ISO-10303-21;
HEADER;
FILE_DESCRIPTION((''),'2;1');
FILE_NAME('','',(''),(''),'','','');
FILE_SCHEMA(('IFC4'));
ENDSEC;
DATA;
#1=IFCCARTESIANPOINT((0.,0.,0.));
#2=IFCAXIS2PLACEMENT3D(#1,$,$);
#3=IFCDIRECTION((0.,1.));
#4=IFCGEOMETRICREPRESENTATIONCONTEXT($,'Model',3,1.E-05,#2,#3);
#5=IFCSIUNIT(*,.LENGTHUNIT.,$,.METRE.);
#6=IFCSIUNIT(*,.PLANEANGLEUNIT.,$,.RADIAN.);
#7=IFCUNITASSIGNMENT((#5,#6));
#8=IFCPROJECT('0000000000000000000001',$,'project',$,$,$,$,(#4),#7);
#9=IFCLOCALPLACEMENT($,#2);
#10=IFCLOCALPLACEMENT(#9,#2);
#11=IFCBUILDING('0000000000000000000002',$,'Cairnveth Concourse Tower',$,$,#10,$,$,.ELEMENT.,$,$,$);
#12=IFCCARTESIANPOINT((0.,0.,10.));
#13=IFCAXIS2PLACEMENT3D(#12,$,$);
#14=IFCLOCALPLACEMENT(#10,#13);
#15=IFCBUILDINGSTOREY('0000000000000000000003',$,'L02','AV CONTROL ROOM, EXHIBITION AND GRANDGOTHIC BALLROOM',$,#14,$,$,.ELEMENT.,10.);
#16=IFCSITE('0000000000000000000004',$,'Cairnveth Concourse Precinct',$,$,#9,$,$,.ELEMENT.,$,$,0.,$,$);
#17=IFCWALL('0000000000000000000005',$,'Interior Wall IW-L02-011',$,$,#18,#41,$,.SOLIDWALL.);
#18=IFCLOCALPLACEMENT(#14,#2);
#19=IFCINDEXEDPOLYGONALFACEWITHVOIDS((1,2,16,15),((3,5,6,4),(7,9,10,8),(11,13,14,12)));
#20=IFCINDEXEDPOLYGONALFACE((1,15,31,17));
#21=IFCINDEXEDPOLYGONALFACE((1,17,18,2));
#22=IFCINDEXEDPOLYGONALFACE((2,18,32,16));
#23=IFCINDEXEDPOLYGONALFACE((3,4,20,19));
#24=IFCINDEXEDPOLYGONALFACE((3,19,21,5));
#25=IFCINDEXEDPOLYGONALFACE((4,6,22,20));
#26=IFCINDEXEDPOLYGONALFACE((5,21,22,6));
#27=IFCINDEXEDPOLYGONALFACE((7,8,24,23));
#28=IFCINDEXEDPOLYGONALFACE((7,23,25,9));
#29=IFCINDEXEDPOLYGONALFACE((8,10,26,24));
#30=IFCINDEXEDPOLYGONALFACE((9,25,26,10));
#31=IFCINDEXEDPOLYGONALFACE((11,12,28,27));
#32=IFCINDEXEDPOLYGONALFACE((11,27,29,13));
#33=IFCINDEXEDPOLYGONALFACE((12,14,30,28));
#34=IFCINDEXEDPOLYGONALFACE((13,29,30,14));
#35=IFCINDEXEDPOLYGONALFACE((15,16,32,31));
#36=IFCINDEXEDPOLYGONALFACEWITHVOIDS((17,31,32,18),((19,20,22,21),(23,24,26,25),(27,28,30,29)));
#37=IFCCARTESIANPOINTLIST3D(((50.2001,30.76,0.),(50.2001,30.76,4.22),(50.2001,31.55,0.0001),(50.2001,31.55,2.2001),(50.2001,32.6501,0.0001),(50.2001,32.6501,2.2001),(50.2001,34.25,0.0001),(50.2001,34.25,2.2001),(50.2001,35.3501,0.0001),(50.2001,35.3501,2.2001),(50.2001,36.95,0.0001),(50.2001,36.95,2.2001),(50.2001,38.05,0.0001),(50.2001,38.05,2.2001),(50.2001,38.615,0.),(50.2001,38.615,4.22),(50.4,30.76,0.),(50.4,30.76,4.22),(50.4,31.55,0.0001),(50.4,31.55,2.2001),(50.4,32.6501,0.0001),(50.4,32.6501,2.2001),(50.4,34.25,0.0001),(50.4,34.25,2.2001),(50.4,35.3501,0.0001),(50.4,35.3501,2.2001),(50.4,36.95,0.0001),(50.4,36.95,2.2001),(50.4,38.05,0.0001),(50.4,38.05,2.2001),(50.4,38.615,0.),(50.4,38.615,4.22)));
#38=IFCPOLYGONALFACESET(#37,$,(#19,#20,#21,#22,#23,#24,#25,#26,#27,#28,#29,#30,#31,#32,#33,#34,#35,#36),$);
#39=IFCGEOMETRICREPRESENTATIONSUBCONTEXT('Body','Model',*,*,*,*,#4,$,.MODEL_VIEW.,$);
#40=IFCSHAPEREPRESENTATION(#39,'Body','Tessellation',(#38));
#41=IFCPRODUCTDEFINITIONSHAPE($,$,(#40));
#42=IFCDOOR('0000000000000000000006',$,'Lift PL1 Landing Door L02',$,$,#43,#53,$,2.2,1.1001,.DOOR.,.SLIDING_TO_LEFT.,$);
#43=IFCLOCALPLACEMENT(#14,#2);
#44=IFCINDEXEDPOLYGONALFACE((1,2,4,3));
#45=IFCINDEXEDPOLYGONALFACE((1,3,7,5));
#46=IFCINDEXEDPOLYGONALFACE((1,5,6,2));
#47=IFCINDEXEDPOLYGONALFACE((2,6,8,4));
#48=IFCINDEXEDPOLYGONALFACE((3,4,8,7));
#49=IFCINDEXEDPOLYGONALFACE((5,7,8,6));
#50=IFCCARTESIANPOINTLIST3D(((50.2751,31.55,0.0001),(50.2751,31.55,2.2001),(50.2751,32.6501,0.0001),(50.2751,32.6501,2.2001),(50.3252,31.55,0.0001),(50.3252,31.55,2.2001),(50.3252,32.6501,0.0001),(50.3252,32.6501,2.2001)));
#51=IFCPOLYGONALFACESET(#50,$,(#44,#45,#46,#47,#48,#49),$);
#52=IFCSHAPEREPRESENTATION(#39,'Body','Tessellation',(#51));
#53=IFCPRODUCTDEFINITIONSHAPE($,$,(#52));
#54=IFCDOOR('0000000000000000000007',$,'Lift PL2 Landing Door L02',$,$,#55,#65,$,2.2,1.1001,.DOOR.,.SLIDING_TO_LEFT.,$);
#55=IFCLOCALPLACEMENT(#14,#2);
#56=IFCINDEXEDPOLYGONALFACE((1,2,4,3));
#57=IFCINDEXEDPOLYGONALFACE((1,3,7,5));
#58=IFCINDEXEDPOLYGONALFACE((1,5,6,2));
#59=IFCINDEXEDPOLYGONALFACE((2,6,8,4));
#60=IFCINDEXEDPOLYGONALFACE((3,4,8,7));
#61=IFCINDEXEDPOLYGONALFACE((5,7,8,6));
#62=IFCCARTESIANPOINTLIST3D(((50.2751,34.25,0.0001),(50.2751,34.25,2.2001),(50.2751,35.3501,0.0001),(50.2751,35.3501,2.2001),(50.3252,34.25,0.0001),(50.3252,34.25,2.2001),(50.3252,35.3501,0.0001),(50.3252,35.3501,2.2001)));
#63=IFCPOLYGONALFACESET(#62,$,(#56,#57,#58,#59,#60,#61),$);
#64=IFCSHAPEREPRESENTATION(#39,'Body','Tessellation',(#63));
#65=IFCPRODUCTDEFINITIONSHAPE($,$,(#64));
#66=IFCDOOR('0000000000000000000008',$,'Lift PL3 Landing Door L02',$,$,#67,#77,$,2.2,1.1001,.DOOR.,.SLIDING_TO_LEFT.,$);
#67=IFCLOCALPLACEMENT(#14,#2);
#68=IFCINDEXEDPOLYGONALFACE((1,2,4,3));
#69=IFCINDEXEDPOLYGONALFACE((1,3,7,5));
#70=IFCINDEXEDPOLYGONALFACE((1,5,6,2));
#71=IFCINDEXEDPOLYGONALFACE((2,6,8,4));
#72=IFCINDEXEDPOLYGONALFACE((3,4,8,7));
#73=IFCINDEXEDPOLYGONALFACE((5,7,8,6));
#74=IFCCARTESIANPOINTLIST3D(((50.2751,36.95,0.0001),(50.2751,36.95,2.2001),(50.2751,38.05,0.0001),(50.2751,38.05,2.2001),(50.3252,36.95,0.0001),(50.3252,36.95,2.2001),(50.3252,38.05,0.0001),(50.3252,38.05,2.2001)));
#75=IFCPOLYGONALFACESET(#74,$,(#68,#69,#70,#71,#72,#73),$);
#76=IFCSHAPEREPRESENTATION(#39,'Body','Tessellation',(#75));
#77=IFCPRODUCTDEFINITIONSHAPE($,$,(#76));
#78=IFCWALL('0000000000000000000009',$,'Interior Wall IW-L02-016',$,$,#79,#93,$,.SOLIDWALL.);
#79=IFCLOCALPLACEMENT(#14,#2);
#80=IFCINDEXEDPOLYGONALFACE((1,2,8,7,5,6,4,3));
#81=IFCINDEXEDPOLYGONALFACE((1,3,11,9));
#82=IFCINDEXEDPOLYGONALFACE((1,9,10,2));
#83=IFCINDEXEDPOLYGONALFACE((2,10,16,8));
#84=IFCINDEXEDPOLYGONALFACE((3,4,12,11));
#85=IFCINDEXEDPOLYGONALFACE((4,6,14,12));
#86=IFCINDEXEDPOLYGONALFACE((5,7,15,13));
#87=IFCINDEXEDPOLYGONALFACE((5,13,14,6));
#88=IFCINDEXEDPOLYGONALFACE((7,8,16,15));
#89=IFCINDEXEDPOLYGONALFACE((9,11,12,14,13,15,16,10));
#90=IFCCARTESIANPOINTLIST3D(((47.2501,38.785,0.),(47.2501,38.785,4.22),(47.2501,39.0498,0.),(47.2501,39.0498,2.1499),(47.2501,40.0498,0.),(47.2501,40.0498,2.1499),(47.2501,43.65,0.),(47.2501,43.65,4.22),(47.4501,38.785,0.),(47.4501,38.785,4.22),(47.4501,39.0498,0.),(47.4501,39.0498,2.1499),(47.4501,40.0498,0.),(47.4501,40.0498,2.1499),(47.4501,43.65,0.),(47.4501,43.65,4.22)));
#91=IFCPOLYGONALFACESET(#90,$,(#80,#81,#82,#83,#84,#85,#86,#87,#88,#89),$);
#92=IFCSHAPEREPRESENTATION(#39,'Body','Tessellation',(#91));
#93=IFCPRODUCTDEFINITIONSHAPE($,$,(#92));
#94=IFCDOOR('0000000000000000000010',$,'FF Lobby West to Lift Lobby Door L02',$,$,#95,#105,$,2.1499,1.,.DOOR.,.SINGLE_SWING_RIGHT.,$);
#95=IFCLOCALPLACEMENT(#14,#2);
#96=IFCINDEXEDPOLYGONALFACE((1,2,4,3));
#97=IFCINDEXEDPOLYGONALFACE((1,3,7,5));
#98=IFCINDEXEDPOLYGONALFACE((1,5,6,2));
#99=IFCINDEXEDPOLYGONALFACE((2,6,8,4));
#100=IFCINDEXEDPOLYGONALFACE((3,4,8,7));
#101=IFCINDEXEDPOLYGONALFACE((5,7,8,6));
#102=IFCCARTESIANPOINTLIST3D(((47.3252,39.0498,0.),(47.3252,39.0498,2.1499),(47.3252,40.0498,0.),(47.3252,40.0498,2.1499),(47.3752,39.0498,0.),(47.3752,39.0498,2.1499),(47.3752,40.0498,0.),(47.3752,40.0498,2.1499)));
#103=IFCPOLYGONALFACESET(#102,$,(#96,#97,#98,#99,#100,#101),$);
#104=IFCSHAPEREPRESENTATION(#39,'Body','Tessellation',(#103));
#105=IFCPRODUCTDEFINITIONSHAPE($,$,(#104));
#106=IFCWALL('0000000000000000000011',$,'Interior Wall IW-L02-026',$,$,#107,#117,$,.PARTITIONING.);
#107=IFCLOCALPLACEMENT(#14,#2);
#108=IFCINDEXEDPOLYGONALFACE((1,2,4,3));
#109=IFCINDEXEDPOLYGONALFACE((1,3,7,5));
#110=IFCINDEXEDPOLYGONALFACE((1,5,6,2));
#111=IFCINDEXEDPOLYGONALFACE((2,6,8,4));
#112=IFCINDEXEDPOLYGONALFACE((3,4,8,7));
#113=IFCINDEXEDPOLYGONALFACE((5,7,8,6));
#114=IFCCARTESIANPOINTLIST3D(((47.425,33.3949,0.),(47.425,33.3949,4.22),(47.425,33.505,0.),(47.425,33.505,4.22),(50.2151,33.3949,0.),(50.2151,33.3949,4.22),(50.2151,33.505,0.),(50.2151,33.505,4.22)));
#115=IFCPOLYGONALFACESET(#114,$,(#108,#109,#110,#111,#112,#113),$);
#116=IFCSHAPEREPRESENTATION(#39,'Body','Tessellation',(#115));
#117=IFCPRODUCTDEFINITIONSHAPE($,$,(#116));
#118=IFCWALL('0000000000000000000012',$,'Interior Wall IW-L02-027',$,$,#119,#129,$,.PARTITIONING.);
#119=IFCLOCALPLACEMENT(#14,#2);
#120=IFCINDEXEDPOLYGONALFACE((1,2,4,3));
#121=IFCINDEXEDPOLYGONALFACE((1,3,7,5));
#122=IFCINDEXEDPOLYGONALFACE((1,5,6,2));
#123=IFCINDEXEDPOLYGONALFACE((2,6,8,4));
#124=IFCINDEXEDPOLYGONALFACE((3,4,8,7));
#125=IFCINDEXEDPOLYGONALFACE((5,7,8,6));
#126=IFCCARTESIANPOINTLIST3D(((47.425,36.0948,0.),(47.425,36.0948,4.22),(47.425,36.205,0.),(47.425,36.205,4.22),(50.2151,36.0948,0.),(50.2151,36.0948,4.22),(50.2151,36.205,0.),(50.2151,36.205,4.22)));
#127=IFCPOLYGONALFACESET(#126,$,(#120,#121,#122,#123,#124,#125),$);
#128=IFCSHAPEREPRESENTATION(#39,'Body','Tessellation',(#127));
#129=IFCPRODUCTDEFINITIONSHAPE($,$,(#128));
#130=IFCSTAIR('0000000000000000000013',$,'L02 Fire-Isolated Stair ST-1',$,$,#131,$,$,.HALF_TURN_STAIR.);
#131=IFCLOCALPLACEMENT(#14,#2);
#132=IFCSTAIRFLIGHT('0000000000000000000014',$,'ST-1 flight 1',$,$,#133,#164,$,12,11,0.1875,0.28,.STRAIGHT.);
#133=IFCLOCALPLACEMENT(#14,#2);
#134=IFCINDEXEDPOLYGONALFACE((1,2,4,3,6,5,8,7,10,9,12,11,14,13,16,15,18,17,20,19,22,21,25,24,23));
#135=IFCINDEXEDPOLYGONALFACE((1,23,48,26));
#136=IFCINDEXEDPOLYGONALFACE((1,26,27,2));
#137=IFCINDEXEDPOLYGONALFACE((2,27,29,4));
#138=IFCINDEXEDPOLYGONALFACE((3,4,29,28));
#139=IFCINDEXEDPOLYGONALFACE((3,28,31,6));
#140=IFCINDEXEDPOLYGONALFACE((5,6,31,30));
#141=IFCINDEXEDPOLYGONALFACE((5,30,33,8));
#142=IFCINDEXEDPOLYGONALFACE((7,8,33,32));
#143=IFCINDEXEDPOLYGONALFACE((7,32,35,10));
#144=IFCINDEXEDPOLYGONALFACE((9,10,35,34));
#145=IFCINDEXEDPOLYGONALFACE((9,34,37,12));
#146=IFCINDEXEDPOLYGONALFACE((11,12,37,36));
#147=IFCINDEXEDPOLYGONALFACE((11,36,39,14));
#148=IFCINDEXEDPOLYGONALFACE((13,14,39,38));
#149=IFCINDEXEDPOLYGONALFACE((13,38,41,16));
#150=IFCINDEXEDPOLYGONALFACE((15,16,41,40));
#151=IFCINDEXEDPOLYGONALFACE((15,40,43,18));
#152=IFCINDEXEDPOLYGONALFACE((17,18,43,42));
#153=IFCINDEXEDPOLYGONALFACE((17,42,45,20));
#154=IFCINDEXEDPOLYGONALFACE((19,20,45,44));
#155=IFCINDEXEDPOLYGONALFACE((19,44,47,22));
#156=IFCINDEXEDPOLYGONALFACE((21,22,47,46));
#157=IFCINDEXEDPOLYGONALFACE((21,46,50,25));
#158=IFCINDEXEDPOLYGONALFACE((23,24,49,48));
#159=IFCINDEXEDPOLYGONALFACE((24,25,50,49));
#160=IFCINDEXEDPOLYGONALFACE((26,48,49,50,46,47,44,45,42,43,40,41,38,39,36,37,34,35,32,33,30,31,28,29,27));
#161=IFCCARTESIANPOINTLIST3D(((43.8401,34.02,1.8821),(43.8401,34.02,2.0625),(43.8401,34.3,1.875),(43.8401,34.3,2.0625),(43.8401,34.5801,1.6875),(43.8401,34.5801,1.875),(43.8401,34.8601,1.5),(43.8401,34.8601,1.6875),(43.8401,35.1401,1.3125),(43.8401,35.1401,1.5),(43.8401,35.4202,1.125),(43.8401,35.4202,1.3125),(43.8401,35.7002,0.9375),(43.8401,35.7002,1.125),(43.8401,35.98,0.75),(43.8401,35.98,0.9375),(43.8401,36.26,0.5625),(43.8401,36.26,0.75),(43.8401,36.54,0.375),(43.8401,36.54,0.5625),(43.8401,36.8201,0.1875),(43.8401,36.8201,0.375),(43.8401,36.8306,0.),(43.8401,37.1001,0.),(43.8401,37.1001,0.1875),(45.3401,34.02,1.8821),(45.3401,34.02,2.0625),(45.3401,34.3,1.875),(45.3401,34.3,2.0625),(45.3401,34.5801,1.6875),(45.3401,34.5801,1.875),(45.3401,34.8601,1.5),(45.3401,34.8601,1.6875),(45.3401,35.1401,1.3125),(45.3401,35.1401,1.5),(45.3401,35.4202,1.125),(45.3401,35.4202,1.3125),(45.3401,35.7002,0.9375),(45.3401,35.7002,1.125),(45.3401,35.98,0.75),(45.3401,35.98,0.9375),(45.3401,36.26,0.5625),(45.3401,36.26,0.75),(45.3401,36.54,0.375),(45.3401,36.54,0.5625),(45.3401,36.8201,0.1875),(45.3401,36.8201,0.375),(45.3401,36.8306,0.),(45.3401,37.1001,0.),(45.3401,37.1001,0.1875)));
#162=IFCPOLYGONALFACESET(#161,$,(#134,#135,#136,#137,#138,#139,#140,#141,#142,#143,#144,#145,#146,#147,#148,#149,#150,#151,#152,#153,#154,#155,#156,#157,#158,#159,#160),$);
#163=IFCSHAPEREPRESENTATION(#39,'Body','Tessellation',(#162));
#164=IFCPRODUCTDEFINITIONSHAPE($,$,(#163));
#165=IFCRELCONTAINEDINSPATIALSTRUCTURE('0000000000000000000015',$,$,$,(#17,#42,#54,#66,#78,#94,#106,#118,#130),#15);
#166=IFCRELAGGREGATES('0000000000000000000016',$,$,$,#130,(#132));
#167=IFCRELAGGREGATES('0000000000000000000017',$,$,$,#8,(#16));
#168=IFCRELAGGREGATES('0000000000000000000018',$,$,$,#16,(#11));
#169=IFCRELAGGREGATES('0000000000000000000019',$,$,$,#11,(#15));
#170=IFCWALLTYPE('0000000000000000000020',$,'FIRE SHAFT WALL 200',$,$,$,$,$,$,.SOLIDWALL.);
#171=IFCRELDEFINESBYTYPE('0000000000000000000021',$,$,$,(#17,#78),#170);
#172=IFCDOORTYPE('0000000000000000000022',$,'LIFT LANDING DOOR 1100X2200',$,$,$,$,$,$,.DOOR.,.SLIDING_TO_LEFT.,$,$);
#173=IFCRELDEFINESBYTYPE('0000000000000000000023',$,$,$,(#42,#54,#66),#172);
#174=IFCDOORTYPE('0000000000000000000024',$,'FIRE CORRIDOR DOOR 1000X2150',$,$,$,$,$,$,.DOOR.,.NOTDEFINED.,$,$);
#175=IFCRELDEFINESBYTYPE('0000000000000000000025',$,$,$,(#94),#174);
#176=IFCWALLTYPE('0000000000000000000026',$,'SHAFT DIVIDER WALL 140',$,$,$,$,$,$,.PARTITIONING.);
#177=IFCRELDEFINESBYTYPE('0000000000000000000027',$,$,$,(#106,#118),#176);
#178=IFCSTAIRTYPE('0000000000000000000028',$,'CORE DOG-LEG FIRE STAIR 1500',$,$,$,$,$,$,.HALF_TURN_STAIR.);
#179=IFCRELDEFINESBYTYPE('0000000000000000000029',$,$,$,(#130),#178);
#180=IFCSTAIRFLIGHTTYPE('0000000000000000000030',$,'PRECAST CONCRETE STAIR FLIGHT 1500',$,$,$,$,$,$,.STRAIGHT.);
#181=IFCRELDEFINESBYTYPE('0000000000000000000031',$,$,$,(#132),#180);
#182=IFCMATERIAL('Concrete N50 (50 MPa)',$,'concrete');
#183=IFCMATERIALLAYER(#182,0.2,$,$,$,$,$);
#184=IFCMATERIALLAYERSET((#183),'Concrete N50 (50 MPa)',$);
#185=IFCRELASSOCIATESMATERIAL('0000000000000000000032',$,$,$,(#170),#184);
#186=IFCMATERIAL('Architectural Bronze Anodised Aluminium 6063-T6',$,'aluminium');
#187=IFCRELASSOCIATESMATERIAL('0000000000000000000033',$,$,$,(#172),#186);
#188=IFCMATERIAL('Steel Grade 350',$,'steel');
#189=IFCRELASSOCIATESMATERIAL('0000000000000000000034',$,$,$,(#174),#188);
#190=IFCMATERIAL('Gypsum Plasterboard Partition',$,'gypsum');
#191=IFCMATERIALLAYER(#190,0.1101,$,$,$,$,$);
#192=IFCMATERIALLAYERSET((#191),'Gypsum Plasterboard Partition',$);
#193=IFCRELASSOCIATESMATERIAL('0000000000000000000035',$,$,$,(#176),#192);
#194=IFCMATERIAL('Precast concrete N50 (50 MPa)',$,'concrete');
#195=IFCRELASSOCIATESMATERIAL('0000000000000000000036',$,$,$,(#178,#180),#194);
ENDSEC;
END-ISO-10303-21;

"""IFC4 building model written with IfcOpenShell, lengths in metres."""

from ifc_helpers import new_model, si_unit, direction, frame, frame_2d, origin, place, context, subcontext, project, spatial, polyline, rectangle, outline, extrude, material, layer, layer_set, type_object, element, fill, aggregate, save


model = new_model("IFC4")

# Units and contexts
model_context = context("Model", 3, precision=1e-05, world=origin(), true_north=direction((0.0, 1.0)))
body_context = subcontext(model_context, "Body", "Model", "MODEL_VIEW")
ifc_project = project(units=[si_unit("LENGTHUNIT", "METRE"), si_unit("PLANEANGLEUNIT", "RADIAN")], contexts=[model_context])

# Site, building, storey
site_placement = place(None, origin())
site = spatial("IfcSite", under=ifc_project, at=site_placement, Name="Cairnveth Concourse Precinct", CompositionType="ELEMENT", RefElevation=0.0)
building_placement = place(site_placement, origin())
building = spatial("IfcBuilding", under=site, at=building_placement, Name="Cairnveth Concourse Tower", CompositionType="ELEMENT")
storey_placement = place(building_placement, frame((0.0, 0.0, 10.0)))
storey = spatial("IfcBuildingStorey", under=building, at=storey_placement, Name="L02", Description="AV CONTROL ROOM, EXHIBITION AND GRANDGOTHIC BALLROOM", CompositionType="ELEMENT", Elevation=10.0)

# Shared definitions
ifc_material_1 = material(Name="Precast concrete N50 (50 MPa)", Category="concrete")
ifc_material_2 = material(Name="Steel Grade 350", Category="steel")

# Shared definitions
ifc_material_3 = material(Name="Concrete N50 (50 MPa)", Category="concrete")
ifc_layer_1 = layer(ifc_material_3, 0.2)
ifc_layer_set_1 = layer_set([ifc_layer_1], Name="Concrete N50 (50 MPa)")
wall_type_1 = type_object("IfcWallType", Name="FIRE SHAFT WALL 200", PredefinedType="SOLIDWALL", material=ifc_layer_set_1)

# Wall, openings, doors
wall_1_placement = place(storey_placement, frame((50.3, 30.76, 0.0), z_axis=(0.0, 0.0, 1.0), x_axis=(0.0, 1.0, 0.0)))
wall_1 = element("IfcWall", 1, at=wall_1_placement, inside=storey, type_object=wall_type_1, Name="Interior Wall IW-L02-011", PredefinedType="SOLIDWALL", context=body_context, shape_type="SweptSolid", body=[
    extrude(rectangle(XDim=7.855, YDim=0.2, at=frame_2d((3.9275, 0.0))), origin(), (0.0, 0.0, 1.0), 4.22),
])
opening_1_placement = place(wall_1_placement, frame((0.79, 0.0, 0.0)))
opening_1 = element("IfcOpeningElement", 2, at=opening_1_placement, cuts=wall_1, PredefinedType="OPENING", context=body_context, shape_type="SweptSolid", body=[
    extrude(rectangle(XDim=1.1001, YDim=2.2, at=frame_2d((0.55, 1.1001))), frame((0.0, 0.1099, 0.0), z_axis=(0.0, -1.0, 0.0), x_axis=(1.0, 0.0, 0.0)), (0.0, 0.0, 1.0), 0.22),
])
opening_2_placement = place(wall_1_placement, frame((3.49, 0.0, 0.0)))
opening_2 = element("IfcOpeningElement", 3, at=opening_2_placement, cuts=wall_1, PredefinedType="OPENING", context=body_context, shape_type="SweptSolid", body=[
    extrude(rectangle(XDim=1.1001, YDim=2.2, at=frame_2d((0.55, 1.1001))), frame((0.0, 0.1099, 0.0), z_axis=(0.0, -1.0, 0.0), x_axis=(1.0, 0.0, 0.0)), (0.0, 0.0, 1.0), 0.22),
])
opening_3_placement = place(wall_1_placement, frame((6.1899, 0.0, 0.0)))
opening_3 = element("IfcOpeningElement", 4, at=opening_3_placement, cuts=wall_1, PredefinedType="OPENING", context=body_context, shape_type="SweptSolid", body=[
    extrude(rectangle(XDim=1.1001, YDim=2.2, at=frame_2d((0.55, 1.1001))), frame((0.0, 0.1099, 0.0), z_axis=(0.0, -1.0, 0.0), x_axis=(1.0, 0.0, 0.0)), (0.0, 0.0, 1.0), 0.22),
])
ifc_material_4 = material(Name="Architectural Bronze Anodised Aluminium 6063-T6", Category="aluminium")
door_type_1 = type_object("IfcDoorType", Name="LIFT LANDING DOOR 1100X2200", OperationType="SLIDING_TO_LEFT", PredefinedType="DOOR", material=ifc_material_4)
door_1_placement = place(opening_1_placement, origin())
door_1 = element("IfcDoor", 5, at=door_1_placement, inside=storey, type_object=door_type_1, Name="Lift PL1 Landing Door L02", OperationType="SLIDING_TO_LEFT", OverallHeight=2.2, OverallWidth=1.1001, PredefinedType="DOOR", context=body_context, shape_type="SweptSolid", body=[
    extrude(rectangle(XDim=1.1001, YDim=2.2, at=frame_2d((0.55, 1.1001))), frame((0.0, 0.0249, 0.0), z_axis=(0.0, -1.0, 0.0), x_axis=(1.0, 0.0, 0.0)), (0.0, 0.0, 1.0), 0.05),
])
fill(opening_1, door_1)
door_2_placement = place(opening_2_placement, origin())
door_2 = element("IfcDoor", 6, at=door_2_placement, inside=storey, type_object=door_type_1, Name="Lift PL2 Landing Door L02", OperationType="SLIDING_TO_LEFT", OverallHeight=2.2, OverallWidth=1.1001, PredefinedType="DOOR", context=body_context, shape_type="SweptSolid", body=[
    extrude(rectangle(XDim=1.1001, YDim=2.2, at=frame_2d((0.55, 1.1001))), frame((0.0, 0.0249, 0.0), z_axis=(0.0, -1.0, 0.0), x_axis=(1.0, 0.0, 0.0)), (0.0, 0.0, 1.0), 0.05),
])
fill(opening_2, door_2)
door_3_placement = place(opening_3_placement, origin())
door_3 = element("IfcDoor", 7, at=door_3_placement, inside=storey, type_object=door_type_1, Name="Lift PL3 Landing Door L02", OperationType="SLIDING_TO_LEFT", OverallHeight=2.2, OverallWidth=1.1001, PredefinedType="DOOR", context=body_context, shape_type="SweptSolid", body=[
    extrude(rectangle(XDim=1.1001, YDim=2.2, at=frame_2d((0.55, 1.1001))), frame((0.0, 0.0249, 0.0), z_axis=(0.0, -1.0, 0.0), x_axis=(1.0, 0.0, 0.0)), (0.0, 0.0, 1.0), 0.05),
])
fill(opening_3, door_3)

# Wall, opening, door
wall_2_placement = place(storey_placement, frame((47.3501, 38.7849, 0.0), z_axis=(0.0, 0.0, 1.0), x_axis=(0.0, 1.0, 0.0)))
wall_2 = element("IfcWall", 8, at=wall_2_placement, inside=storey, type_object=wall_type_1, Name="Interior Wall IW-L02-016", PredefinedType="SOLIDWALL", context=body_context, shape_type="SweptSolid", body=[
    extrude(rectangle(XDim=4.865, YDim=0.2, at=frame_2d((2.4326, 0.0))), origin(), (0.0, 0.0, 1.0), 4.22),
])
opening_4_placement = place(wall_2_placement, frame((0.2649, 0.0, 0.0)))
opening_4 = element("IfcOpeningElement", 9, at=opening_4_placement, cuts=wall_2, PredefinedType="OPENING", context=body_context, shape_type="SweptSolid", body=[
    extrude(rectangle(XDim=1.0, YDim=2.1499, at=frame_2d((0.5, 1.075))), frame((0.0, 0.1099, 0.0), z_axis=(0.0, -1.0, 0.0), x_axis=(1.0, 0.0, 0.0)), (0.0, 0.0, 1.0), 0.22),
])
door_type_2 = type_object("IfcDoorType", Name="FIRE CORRIDOR DOOR 1000X2150", OperationType="NOTDEFINED", PredefinedType="DOOR", material=ifc_material_2)
door_4_placement = place(opening_4_placement, origin())
door_4 = element("IfcDoor", 10, at=door_4_placement, inside=storey, type_object=door_type_2, Name="FF Lobby West to Lift Lobby Door L02", OperationType="SINGLE_SWING_RIGHT", OverallHeight=2.1499, OverallWidth=1.0, PredefinedType="DOOR", context=body_context, shape_type="SweptSolid", body=[
    extrude(rectangle(XDim=1.0, YDim=2.1499, at=frame_2d((0.5, 1.075))), frame((0.0, 0.0249, 0.0), z_axis=(0.0, -1.0, 0.0), x_axis=(1.0, 0.0, 0.0)), (0.0, 0.0, 1.0), 0.05),
])
fill(opening_4, door_4)

# Walls
ifc_material_5 = material(Name="Gypsum Plasterboard Partition", Category="gypsum")
ifc_layer_2 = layer(ifc_material_5, 0.1101)
ifc_layer_set_2 = layer_set([ifc_layer_2], Name="Gypsum Plasterboard Partition")
wall_type_2 = type_object("IfcWallType", Name="SHAFT DIVIDER WALL 140", PredefinedType="PARTITIONING", material=ifc_layer_set_2)
for number, where, z_axis, x_axis, name in (
    (11, (47.425, 33.45, 0.0), (0.0, 0.0, 1.0), (1.0, 0.0, 0.0), "Interior Wall IW-L02-026"),
    (12, (47.425, 36.1499, 0.0), (0.0, 0.0, 1.0), (1.0, 0.0, 0.0), "Interior Wall IW-L02-027"),
):
    element("IfcWall", number, at=place(storey_placement, frame(where, z_axis=z_axis, x_axis=x_axis)), inside=storey, type_object=wall_type_2, Name=name, PredefinedType="PARTITIONING", context=body_context, shape_type="SweptSolid", body=[
        extrude(rectangle(XDim=2.79, YDim=0.1101, at=frame_2d((1.395, 0.0))), origin(), (0.0, 0.0, 1.0), 4.22),
    ])

# Stair, stair flight
stair_type = type_object("IfcStairType", Name="CORE DOG-LEG FIRE STAIR 1500", PredefinedType="HALF_TURN_STAIR", material=ifc_material_1)
stair_placement = place(storey_placement, origin())
stair = element("IfcStair", 13, at=stair_placement, inside=storey, type_object=stair_type, Name="L02 Fire-Isolated Stair ST-1", PredefinedType="HALF_TURN_STAIR")
stair_flight_type = type_object("IfcStairFlightType", Name="PRECAST CONCRETE STAIR FLIGHT 1500", PredefinedType="STRAIGHT", material=ifc_material_1)
stair_flight_1_placement = place(storey_placement, frame((44.5901, 37.1001, 0.0), z_axis=(0.0, 0.0, 1.0), x_axis=(0.0, -1.0, 0.0)))
stair_flight_1 = element("IfcStairFlight", 14, at=stair_flight_1_placement, type_object=stair_flight_type, Name="ST-1 flight 1", NumberOfRisers=12, NumberOfTreads=11, PredefinedType="STRAIGHT", RiserHeight=0.1875, TreadLength=0.28, context=body_context, shape_type="SweptSolid", body=[
    extrude(outline(polyline([(0.0, 0.0), (0.0, 0.1875), (0.28, 0.1875), (0.28, 0.375), (0.5601, 0.375), (0.5601, 0.5625), (0.8401, 0.5625), (0.8401, 0.75), (1.1201, 0.75), (1.1201, 0.9375), (1.3999, 0.9375), (1.3999, 1.125), (1.6799, 1.125), (1.6799, 1.3125), (1.96, 1.3125), (1.96, 1.5), (2.24, 1.5), (2.24, 1.6875), (2.52, 1.6875), (2.52, 1.875), (2.8, 1.875), (2.8, 2.0625), (3.0801, 2.0625), (3.0801, 2.25), (3.0801, 1.8821), (0.2695, 0.0), (0.0, 0.0)])), frame((0.0, 0.75, 0.0), z_axis=(0.0, -1.0, 0.0), x_axis=(1.0, 0.0, 0.0)), (0.0, 0.0, 1.0), 1.5),
])
aggregate(stair, [stair_flight_1])

save(model, "model.ifc")
